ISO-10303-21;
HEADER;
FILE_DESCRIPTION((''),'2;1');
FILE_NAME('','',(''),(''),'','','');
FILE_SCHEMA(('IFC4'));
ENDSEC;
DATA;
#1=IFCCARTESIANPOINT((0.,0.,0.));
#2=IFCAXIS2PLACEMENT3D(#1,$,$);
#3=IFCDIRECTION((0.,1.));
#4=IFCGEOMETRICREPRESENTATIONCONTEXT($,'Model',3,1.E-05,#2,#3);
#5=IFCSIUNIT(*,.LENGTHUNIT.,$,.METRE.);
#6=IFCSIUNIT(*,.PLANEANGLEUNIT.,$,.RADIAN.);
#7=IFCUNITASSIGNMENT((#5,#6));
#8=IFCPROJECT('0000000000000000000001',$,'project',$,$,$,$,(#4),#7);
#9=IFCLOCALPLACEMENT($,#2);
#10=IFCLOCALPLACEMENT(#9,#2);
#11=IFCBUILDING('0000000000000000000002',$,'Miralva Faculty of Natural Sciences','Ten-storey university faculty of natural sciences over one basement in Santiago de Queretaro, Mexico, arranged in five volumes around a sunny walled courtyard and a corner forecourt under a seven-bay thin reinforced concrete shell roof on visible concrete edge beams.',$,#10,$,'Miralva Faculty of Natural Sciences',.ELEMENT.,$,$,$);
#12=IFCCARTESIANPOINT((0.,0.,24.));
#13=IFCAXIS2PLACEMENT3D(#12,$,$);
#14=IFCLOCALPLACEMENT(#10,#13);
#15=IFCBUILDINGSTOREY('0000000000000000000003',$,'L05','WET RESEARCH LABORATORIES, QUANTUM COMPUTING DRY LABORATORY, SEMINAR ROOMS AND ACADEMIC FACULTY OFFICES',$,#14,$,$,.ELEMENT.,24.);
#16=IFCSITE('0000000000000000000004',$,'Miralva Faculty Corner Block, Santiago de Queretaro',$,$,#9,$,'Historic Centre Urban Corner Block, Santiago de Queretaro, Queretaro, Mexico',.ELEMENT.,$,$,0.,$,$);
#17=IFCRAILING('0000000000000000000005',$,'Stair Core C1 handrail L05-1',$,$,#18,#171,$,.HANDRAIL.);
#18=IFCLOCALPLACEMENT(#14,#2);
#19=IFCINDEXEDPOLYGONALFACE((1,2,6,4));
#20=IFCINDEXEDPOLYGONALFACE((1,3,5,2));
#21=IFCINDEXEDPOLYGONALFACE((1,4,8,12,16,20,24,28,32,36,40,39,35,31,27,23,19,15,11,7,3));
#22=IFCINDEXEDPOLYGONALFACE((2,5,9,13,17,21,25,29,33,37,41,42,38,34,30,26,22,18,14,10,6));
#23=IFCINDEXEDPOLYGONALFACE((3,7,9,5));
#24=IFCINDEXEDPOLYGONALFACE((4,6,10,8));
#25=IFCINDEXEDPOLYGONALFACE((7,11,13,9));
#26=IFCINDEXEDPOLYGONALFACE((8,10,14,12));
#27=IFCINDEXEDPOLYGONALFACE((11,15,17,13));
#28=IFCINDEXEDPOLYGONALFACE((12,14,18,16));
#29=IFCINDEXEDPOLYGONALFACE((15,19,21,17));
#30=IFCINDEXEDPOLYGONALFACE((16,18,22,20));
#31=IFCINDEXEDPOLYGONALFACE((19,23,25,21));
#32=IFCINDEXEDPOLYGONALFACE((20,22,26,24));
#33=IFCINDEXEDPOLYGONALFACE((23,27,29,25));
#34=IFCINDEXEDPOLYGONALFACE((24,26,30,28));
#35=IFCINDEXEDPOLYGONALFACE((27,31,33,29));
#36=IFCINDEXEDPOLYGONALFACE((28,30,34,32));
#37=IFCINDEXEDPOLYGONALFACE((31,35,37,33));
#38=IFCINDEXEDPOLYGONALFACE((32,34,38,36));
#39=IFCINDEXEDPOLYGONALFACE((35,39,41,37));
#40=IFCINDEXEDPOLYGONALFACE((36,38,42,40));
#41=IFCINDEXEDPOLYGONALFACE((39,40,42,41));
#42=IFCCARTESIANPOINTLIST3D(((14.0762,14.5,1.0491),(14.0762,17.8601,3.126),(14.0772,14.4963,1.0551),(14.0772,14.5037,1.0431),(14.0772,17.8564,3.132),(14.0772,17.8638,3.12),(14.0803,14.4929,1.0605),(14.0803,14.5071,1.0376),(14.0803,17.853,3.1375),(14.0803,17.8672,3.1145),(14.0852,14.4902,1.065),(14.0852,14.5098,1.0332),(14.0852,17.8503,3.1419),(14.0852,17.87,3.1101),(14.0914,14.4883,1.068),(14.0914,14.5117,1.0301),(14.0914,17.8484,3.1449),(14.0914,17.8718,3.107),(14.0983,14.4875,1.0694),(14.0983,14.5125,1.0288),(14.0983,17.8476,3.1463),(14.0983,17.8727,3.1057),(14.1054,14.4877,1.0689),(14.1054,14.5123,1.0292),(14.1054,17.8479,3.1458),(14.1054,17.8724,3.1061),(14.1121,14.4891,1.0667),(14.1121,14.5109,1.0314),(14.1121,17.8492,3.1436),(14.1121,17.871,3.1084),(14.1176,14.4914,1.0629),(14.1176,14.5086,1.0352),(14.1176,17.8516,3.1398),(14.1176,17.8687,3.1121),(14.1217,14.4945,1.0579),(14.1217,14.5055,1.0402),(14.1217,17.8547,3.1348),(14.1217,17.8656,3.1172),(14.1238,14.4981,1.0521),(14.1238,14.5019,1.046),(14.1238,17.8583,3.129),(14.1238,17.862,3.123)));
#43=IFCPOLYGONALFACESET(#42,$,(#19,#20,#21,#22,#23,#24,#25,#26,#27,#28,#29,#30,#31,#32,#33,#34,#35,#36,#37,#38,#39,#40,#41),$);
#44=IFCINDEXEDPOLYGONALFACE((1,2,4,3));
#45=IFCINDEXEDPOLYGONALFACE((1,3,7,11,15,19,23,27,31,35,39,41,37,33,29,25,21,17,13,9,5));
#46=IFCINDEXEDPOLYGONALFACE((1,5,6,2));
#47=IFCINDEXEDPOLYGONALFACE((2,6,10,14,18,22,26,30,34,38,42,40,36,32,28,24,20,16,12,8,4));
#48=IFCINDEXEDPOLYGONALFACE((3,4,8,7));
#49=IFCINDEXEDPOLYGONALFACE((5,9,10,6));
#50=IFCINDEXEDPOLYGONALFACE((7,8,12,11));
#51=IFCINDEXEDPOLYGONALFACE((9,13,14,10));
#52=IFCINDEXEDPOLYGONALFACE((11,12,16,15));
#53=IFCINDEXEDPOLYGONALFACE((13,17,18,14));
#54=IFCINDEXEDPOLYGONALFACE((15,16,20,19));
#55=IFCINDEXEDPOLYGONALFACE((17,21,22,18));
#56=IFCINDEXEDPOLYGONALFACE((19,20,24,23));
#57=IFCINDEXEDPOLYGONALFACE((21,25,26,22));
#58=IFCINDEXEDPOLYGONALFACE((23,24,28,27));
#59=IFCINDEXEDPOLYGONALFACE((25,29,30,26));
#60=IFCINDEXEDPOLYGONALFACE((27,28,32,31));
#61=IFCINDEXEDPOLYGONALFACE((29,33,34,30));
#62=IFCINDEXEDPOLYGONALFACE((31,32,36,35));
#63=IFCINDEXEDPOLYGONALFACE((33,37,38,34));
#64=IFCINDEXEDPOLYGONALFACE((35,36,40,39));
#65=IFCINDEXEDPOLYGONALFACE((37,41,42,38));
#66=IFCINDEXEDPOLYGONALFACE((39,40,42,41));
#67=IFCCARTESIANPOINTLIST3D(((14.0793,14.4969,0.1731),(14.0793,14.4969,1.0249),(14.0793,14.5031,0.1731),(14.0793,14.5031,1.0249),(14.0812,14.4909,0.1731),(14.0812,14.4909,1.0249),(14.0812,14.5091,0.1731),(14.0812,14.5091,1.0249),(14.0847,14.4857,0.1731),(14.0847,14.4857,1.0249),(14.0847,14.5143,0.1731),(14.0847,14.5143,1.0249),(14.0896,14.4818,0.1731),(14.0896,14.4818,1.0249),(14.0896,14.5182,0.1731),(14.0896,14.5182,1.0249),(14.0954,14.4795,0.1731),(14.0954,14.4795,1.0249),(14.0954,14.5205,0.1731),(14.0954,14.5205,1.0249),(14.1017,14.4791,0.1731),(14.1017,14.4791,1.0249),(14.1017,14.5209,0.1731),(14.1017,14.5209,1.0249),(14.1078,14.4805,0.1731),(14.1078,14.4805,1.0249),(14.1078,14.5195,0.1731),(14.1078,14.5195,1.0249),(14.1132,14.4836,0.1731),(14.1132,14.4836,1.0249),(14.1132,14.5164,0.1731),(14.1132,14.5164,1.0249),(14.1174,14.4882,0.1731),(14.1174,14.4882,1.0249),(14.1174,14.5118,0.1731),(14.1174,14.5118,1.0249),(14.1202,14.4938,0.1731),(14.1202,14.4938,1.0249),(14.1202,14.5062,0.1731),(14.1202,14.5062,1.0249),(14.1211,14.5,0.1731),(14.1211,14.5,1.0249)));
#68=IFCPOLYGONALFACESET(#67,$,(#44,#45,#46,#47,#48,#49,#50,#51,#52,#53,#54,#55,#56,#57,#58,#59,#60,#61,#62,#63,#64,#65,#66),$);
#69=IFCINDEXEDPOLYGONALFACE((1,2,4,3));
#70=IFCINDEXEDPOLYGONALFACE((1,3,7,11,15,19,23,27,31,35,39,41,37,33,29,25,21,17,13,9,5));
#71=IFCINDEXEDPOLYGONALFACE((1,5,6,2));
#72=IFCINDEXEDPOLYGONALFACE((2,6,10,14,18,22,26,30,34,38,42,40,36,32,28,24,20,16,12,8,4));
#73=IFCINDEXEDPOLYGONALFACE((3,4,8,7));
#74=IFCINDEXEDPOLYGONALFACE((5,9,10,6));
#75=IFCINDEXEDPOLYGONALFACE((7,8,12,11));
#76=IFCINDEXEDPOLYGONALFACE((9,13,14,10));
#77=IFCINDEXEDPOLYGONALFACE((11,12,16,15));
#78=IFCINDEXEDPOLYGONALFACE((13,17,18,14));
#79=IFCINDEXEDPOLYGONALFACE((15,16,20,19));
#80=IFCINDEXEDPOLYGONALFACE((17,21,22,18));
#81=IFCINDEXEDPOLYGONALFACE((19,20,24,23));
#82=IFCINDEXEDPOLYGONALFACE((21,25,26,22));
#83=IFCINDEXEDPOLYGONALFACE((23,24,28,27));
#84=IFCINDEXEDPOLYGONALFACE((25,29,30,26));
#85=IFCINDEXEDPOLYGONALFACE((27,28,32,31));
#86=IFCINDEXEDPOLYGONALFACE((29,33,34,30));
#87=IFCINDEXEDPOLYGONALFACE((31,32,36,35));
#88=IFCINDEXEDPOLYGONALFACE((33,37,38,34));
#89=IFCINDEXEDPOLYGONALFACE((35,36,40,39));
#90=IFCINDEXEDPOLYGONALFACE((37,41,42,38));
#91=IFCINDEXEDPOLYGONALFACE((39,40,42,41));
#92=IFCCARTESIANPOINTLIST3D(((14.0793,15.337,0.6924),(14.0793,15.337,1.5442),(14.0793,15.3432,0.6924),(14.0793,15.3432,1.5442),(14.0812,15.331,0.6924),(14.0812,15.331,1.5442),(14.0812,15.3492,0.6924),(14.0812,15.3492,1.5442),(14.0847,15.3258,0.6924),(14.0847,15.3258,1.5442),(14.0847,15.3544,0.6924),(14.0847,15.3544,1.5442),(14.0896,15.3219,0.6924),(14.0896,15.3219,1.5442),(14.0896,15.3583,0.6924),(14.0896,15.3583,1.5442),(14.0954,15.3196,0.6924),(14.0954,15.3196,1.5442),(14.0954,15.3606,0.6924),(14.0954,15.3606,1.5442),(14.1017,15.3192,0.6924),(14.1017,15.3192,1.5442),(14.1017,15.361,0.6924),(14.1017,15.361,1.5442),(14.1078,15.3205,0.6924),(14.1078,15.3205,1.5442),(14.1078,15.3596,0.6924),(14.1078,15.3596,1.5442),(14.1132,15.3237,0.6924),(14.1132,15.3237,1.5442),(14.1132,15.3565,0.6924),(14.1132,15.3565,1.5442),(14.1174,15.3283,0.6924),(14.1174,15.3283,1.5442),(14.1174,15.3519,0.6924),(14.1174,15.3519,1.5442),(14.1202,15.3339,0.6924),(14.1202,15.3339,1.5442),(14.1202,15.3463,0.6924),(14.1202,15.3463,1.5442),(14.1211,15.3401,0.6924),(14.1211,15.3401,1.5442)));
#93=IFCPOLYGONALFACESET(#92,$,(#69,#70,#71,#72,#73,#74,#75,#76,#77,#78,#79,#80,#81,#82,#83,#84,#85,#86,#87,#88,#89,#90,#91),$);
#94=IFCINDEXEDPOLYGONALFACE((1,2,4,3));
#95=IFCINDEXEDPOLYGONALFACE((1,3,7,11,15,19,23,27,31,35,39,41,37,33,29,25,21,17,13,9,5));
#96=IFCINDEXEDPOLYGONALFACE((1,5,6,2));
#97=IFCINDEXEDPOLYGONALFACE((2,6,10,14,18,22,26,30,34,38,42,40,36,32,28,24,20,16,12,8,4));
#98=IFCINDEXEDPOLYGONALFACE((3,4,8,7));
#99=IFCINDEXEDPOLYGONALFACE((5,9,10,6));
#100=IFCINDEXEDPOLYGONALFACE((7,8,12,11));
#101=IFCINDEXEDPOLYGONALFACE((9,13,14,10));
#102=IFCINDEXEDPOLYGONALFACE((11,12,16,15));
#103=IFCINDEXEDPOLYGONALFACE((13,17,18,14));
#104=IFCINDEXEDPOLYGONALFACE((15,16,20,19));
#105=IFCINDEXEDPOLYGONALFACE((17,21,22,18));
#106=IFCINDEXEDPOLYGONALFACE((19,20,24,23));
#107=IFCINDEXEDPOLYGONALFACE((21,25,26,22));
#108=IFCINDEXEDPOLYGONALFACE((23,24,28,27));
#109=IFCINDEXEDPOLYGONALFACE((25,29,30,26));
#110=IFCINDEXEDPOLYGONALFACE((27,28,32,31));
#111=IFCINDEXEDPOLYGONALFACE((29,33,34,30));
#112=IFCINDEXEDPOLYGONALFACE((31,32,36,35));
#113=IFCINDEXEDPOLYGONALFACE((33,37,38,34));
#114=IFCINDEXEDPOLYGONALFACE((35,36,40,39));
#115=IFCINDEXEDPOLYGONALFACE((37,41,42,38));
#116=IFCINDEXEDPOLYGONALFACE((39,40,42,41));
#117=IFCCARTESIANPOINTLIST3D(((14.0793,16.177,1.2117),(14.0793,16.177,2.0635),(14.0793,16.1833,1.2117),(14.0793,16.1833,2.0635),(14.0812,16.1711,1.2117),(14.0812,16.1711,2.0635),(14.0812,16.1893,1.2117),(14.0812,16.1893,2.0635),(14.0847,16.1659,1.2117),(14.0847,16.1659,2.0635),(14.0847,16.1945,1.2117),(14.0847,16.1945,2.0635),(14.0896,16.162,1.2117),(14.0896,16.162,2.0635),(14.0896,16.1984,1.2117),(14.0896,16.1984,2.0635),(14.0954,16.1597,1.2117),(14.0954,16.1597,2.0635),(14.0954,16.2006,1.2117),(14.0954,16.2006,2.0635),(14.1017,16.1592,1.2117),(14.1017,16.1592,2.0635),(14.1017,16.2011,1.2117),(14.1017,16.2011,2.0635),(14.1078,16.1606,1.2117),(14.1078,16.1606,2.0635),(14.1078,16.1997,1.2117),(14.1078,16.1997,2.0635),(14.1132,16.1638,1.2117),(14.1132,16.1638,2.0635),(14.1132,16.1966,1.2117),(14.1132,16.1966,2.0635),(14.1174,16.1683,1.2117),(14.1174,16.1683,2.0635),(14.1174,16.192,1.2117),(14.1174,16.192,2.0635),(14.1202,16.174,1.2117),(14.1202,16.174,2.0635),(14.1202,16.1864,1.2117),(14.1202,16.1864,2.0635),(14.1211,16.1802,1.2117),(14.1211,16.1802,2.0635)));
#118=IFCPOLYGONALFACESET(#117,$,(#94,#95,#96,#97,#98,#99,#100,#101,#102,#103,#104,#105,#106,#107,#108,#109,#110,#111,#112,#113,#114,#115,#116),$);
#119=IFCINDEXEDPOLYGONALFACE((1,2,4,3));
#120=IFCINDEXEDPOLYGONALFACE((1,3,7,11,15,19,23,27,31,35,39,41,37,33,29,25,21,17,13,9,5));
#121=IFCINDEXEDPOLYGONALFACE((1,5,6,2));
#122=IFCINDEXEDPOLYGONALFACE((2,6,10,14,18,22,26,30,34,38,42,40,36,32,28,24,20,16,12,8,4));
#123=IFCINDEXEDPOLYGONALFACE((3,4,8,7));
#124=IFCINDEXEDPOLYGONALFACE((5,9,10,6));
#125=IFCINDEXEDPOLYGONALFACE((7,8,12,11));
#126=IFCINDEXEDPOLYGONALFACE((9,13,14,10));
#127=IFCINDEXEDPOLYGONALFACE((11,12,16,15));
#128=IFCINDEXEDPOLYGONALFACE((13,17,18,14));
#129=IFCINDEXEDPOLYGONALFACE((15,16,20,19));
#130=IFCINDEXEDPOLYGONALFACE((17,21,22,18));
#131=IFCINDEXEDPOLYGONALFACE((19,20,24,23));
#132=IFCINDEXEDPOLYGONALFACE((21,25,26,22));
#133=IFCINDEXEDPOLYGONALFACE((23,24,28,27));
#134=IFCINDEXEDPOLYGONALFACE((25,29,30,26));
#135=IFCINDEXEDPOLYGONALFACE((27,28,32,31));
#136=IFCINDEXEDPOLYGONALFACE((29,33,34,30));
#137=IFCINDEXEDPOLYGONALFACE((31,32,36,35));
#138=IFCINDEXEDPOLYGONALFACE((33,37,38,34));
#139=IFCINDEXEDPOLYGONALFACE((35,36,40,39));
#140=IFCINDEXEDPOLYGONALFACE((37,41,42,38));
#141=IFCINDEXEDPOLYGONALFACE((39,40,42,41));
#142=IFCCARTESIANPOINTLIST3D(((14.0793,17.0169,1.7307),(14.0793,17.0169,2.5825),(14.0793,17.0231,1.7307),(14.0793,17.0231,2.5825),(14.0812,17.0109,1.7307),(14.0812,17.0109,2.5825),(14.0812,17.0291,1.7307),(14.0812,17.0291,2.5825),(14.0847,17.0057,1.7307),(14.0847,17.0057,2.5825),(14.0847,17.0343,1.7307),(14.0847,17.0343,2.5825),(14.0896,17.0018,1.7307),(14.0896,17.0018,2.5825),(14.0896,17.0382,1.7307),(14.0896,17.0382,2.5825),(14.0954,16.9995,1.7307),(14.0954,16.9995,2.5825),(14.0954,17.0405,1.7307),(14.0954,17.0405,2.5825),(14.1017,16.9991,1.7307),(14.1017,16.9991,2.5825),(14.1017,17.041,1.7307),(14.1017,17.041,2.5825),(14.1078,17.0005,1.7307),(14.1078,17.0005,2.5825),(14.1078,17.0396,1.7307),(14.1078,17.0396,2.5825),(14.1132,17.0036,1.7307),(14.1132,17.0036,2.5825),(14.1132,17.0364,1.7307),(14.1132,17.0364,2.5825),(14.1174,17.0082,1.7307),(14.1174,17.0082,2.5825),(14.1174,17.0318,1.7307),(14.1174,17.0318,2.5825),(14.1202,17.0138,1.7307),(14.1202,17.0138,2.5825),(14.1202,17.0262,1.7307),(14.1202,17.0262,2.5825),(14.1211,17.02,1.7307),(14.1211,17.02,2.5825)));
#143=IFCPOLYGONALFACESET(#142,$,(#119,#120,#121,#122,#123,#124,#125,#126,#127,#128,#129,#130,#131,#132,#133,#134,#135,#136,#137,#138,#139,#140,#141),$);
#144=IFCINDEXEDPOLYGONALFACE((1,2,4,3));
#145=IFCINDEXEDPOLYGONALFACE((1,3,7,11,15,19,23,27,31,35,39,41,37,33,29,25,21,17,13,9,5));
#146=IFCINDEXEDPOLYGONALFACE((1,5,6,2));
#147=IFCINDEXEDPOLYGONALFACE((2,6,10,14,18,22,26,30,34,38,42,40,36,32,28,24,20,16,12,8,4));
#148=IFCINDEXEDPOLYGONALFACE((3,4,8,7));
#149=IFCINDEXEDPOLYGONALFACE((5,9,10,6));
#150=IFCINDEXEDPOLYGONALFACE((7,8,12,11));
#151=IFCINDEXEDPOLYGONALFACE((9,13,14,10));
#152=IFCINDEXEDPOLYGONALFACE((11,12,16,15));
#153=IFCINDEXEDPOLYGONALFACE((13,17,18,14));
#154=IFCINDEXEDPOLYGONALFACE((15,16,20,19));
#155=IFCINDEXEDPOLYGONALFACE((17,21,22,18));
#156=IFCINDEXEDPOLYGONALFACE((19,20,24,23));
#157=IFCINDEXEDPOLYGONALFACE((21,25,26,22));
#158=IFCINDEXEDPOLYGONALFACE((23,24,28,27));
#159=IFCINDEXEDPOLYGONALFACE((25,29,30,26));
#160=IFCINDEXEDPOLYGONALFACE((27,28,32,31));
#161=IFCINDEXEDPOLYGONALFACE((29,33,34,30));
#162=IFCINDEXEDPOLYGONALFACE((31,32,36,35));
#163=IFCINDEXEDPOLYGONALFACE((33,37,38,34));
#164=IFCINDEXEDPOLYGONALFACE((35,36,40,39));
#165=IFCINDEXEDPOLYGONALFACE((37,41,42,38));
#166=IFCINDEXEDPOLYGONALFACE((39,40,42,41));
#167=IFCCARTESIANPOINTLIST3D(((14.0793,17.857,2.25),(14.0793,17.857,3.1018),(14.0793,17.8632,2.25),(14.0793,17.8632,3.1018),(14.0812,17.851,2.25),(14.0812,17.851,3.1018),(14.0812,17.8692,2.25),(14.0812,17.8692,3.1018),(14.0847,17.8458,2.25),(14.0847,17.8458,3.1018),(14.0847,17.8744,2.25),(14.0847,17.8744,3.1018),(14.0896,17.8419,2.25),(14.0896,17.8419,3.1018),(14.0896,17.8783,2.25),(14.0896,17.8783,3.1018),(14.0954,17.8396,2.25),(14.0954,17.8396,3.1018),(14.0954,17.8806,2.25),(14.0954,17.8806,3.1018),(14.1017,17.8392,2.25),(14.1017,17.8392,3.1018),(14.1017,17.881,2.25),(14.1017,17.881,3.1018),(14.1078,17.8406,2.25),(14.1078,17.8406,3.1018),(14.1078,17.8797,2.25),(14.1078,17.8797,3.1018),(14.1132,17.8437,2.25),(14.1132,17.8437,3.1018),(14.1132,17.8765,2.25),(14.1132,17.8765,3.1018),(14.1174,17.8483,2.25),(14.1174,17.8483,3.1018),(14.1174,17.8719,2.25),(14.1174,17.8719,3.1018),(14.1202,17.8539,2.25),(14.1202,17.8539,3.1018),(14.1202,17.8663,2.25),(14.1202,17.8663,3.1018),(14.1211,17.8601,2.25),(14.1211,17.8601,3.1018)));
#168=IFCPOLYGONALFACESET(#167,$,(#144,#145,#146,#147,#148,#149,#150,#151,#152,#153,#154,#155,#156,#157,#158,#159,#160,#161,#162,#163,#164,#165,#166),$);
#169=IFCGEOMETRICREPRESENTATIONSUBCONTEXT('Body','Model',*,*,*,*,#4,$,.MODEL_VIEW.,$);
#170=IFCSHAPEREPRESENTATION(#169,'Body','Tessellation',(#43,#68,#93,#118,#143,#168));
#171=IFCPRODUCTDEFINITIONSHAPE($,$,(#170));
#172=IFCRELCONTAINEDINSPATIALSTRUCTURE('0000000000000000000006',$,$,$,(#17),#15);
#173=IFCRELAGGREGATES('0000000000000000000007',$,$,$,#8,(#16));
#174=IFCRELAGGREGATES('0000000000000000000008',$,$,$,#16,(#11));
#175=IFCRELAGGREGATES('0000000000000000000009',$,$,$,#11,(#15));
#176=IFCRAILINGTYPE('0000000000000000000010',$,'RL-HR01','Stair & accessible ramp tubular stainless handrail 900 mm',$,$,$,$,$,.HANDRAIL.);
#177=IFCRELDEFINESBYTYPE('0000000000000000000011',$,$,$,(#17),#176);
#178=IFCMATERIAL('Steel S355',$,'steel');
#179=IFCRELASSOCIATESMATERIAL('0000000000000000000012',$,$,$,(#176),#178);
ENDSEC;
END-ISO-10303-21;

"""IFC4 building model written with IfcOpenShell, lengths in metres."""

from ifc_helpers import new_model, si_unit, direction, frame, origin, origin_2d, place, context, subcontext, project, spatial, circle, extrude, material, type_object, element, save


model = new_model("IFC4")

# Units and contexts
model_context = context("Model", 3, precision=1e-05, world=origin(), true_north=direction((0.0, 1.0)))
body_context = subcontext(model_context, "Body", "Model", "MODEL_VIEW")
ifc_project = project(units=[si_unit("LENGTHUNIT", "METRE"), si_unit("PLANEANGLEUNIT", "RADIAN")], contexts=[model_context])

# Site, building, storey
site_placement = place(None, origin())
site = spatial("IfcSite", under=ifc_project, at=site_placement, Name="Miralva Faculty Corner Block, Santiago de Queretaro", LongName="Historic Centre Urban Corner Block, Santiago de Queretaro, Queretaro, Mexico", CompositionType="ELEMENT", RefElevation=0.0)
building_placement = place(site_placement, origin())
building = spatial("IfcBuilding", under=site, at=building_placement, Name="Miralva Faculty of Natural Sciences", Description="Ten-storey university faculty of natural sciences over one basement in Santiago de Queretaro, Mexico, arranged in five volumes around a sunny walled courtyard and a corner forecourt under a seven-bay thin reinforced concrete shell roof on visible concrete edge beams.", LongName="Miralva Faculty of Natural Sciences", CompositionType="ELEMENT")
storey_placement = place(building_placement, frame((0.0, 0.0, 24.0)))
storey = spatial("IfcBuildingStorey", under=building, at=storey_placement, Name="L05", Description="WET RESEARCH LABORATORIES, QUANTUM COMPUTING DRY LABORATORY, SEMINAR ROOMS AND ACADEMIC FACULTY OFFICES", CompositionType="ELEMENT", Elevation=24.0)

# Railing
ifc_material_1 = material(Name="Steel S355", Category="steel")
railing_type_1 = type_object("IfcRailingType", Name="RL-HR01", Description="Stair & accessible ramp tubular stainless handrail 900 mm", PredefinedType="HANDRAIL", material=ifc_material_1)
for number, where, name in (
    (1, (14.1001, 14.5, 0.1731), "Stair Core C1 handrail L05-1"),
):
    element("IfcRailing", number, at=place(storey_placement, frame(where)), inside=storey, type_object=railing_type_1, Name=name, PredefinedType="HANDRAIL", context=body_context, shape_type="SweptSolid", body=[
        extrude(circle(Radius=0.0239, at=origin_2d()), frame((0.0, 0.0, 0.876), z_axis=(0.0, 0.850623, 0.525776), x_axis=(-1.0, 0.0, 0.0)), (0.0, 0.0, 1.0), 3.9502),
        extrude(circle(Radius=0.021, at=origin_2d()), origin(), (0.0, 0.0, 1.0), 0.8518),
        extrude(circle(Radius=0.021, at=origin_2d()), frame((0.0, 0.8401, 0.5193)), (0.0, 0.0, 1.0), 0.8518),
        extrude(circle(Radius=0.021, at=origin_2d()), frame((0.0, 1.6802, 1.0386)), (0.0, 0.0, 1.0), 0.8518),
        extrude(circle(Radius=0.021, at=origin_2d()), frame((0.0, 2.52, 1.5576)), (0.0, 0.0, 1.0), 0.8518),
        extrude(circle(Radius=0.021, at=origin_2d()), frame((0.0, 3.3601, 2.0769)), (0.0, 0.0, 1.0), 0.8518),
    ])

save(model, "model.ifc")
